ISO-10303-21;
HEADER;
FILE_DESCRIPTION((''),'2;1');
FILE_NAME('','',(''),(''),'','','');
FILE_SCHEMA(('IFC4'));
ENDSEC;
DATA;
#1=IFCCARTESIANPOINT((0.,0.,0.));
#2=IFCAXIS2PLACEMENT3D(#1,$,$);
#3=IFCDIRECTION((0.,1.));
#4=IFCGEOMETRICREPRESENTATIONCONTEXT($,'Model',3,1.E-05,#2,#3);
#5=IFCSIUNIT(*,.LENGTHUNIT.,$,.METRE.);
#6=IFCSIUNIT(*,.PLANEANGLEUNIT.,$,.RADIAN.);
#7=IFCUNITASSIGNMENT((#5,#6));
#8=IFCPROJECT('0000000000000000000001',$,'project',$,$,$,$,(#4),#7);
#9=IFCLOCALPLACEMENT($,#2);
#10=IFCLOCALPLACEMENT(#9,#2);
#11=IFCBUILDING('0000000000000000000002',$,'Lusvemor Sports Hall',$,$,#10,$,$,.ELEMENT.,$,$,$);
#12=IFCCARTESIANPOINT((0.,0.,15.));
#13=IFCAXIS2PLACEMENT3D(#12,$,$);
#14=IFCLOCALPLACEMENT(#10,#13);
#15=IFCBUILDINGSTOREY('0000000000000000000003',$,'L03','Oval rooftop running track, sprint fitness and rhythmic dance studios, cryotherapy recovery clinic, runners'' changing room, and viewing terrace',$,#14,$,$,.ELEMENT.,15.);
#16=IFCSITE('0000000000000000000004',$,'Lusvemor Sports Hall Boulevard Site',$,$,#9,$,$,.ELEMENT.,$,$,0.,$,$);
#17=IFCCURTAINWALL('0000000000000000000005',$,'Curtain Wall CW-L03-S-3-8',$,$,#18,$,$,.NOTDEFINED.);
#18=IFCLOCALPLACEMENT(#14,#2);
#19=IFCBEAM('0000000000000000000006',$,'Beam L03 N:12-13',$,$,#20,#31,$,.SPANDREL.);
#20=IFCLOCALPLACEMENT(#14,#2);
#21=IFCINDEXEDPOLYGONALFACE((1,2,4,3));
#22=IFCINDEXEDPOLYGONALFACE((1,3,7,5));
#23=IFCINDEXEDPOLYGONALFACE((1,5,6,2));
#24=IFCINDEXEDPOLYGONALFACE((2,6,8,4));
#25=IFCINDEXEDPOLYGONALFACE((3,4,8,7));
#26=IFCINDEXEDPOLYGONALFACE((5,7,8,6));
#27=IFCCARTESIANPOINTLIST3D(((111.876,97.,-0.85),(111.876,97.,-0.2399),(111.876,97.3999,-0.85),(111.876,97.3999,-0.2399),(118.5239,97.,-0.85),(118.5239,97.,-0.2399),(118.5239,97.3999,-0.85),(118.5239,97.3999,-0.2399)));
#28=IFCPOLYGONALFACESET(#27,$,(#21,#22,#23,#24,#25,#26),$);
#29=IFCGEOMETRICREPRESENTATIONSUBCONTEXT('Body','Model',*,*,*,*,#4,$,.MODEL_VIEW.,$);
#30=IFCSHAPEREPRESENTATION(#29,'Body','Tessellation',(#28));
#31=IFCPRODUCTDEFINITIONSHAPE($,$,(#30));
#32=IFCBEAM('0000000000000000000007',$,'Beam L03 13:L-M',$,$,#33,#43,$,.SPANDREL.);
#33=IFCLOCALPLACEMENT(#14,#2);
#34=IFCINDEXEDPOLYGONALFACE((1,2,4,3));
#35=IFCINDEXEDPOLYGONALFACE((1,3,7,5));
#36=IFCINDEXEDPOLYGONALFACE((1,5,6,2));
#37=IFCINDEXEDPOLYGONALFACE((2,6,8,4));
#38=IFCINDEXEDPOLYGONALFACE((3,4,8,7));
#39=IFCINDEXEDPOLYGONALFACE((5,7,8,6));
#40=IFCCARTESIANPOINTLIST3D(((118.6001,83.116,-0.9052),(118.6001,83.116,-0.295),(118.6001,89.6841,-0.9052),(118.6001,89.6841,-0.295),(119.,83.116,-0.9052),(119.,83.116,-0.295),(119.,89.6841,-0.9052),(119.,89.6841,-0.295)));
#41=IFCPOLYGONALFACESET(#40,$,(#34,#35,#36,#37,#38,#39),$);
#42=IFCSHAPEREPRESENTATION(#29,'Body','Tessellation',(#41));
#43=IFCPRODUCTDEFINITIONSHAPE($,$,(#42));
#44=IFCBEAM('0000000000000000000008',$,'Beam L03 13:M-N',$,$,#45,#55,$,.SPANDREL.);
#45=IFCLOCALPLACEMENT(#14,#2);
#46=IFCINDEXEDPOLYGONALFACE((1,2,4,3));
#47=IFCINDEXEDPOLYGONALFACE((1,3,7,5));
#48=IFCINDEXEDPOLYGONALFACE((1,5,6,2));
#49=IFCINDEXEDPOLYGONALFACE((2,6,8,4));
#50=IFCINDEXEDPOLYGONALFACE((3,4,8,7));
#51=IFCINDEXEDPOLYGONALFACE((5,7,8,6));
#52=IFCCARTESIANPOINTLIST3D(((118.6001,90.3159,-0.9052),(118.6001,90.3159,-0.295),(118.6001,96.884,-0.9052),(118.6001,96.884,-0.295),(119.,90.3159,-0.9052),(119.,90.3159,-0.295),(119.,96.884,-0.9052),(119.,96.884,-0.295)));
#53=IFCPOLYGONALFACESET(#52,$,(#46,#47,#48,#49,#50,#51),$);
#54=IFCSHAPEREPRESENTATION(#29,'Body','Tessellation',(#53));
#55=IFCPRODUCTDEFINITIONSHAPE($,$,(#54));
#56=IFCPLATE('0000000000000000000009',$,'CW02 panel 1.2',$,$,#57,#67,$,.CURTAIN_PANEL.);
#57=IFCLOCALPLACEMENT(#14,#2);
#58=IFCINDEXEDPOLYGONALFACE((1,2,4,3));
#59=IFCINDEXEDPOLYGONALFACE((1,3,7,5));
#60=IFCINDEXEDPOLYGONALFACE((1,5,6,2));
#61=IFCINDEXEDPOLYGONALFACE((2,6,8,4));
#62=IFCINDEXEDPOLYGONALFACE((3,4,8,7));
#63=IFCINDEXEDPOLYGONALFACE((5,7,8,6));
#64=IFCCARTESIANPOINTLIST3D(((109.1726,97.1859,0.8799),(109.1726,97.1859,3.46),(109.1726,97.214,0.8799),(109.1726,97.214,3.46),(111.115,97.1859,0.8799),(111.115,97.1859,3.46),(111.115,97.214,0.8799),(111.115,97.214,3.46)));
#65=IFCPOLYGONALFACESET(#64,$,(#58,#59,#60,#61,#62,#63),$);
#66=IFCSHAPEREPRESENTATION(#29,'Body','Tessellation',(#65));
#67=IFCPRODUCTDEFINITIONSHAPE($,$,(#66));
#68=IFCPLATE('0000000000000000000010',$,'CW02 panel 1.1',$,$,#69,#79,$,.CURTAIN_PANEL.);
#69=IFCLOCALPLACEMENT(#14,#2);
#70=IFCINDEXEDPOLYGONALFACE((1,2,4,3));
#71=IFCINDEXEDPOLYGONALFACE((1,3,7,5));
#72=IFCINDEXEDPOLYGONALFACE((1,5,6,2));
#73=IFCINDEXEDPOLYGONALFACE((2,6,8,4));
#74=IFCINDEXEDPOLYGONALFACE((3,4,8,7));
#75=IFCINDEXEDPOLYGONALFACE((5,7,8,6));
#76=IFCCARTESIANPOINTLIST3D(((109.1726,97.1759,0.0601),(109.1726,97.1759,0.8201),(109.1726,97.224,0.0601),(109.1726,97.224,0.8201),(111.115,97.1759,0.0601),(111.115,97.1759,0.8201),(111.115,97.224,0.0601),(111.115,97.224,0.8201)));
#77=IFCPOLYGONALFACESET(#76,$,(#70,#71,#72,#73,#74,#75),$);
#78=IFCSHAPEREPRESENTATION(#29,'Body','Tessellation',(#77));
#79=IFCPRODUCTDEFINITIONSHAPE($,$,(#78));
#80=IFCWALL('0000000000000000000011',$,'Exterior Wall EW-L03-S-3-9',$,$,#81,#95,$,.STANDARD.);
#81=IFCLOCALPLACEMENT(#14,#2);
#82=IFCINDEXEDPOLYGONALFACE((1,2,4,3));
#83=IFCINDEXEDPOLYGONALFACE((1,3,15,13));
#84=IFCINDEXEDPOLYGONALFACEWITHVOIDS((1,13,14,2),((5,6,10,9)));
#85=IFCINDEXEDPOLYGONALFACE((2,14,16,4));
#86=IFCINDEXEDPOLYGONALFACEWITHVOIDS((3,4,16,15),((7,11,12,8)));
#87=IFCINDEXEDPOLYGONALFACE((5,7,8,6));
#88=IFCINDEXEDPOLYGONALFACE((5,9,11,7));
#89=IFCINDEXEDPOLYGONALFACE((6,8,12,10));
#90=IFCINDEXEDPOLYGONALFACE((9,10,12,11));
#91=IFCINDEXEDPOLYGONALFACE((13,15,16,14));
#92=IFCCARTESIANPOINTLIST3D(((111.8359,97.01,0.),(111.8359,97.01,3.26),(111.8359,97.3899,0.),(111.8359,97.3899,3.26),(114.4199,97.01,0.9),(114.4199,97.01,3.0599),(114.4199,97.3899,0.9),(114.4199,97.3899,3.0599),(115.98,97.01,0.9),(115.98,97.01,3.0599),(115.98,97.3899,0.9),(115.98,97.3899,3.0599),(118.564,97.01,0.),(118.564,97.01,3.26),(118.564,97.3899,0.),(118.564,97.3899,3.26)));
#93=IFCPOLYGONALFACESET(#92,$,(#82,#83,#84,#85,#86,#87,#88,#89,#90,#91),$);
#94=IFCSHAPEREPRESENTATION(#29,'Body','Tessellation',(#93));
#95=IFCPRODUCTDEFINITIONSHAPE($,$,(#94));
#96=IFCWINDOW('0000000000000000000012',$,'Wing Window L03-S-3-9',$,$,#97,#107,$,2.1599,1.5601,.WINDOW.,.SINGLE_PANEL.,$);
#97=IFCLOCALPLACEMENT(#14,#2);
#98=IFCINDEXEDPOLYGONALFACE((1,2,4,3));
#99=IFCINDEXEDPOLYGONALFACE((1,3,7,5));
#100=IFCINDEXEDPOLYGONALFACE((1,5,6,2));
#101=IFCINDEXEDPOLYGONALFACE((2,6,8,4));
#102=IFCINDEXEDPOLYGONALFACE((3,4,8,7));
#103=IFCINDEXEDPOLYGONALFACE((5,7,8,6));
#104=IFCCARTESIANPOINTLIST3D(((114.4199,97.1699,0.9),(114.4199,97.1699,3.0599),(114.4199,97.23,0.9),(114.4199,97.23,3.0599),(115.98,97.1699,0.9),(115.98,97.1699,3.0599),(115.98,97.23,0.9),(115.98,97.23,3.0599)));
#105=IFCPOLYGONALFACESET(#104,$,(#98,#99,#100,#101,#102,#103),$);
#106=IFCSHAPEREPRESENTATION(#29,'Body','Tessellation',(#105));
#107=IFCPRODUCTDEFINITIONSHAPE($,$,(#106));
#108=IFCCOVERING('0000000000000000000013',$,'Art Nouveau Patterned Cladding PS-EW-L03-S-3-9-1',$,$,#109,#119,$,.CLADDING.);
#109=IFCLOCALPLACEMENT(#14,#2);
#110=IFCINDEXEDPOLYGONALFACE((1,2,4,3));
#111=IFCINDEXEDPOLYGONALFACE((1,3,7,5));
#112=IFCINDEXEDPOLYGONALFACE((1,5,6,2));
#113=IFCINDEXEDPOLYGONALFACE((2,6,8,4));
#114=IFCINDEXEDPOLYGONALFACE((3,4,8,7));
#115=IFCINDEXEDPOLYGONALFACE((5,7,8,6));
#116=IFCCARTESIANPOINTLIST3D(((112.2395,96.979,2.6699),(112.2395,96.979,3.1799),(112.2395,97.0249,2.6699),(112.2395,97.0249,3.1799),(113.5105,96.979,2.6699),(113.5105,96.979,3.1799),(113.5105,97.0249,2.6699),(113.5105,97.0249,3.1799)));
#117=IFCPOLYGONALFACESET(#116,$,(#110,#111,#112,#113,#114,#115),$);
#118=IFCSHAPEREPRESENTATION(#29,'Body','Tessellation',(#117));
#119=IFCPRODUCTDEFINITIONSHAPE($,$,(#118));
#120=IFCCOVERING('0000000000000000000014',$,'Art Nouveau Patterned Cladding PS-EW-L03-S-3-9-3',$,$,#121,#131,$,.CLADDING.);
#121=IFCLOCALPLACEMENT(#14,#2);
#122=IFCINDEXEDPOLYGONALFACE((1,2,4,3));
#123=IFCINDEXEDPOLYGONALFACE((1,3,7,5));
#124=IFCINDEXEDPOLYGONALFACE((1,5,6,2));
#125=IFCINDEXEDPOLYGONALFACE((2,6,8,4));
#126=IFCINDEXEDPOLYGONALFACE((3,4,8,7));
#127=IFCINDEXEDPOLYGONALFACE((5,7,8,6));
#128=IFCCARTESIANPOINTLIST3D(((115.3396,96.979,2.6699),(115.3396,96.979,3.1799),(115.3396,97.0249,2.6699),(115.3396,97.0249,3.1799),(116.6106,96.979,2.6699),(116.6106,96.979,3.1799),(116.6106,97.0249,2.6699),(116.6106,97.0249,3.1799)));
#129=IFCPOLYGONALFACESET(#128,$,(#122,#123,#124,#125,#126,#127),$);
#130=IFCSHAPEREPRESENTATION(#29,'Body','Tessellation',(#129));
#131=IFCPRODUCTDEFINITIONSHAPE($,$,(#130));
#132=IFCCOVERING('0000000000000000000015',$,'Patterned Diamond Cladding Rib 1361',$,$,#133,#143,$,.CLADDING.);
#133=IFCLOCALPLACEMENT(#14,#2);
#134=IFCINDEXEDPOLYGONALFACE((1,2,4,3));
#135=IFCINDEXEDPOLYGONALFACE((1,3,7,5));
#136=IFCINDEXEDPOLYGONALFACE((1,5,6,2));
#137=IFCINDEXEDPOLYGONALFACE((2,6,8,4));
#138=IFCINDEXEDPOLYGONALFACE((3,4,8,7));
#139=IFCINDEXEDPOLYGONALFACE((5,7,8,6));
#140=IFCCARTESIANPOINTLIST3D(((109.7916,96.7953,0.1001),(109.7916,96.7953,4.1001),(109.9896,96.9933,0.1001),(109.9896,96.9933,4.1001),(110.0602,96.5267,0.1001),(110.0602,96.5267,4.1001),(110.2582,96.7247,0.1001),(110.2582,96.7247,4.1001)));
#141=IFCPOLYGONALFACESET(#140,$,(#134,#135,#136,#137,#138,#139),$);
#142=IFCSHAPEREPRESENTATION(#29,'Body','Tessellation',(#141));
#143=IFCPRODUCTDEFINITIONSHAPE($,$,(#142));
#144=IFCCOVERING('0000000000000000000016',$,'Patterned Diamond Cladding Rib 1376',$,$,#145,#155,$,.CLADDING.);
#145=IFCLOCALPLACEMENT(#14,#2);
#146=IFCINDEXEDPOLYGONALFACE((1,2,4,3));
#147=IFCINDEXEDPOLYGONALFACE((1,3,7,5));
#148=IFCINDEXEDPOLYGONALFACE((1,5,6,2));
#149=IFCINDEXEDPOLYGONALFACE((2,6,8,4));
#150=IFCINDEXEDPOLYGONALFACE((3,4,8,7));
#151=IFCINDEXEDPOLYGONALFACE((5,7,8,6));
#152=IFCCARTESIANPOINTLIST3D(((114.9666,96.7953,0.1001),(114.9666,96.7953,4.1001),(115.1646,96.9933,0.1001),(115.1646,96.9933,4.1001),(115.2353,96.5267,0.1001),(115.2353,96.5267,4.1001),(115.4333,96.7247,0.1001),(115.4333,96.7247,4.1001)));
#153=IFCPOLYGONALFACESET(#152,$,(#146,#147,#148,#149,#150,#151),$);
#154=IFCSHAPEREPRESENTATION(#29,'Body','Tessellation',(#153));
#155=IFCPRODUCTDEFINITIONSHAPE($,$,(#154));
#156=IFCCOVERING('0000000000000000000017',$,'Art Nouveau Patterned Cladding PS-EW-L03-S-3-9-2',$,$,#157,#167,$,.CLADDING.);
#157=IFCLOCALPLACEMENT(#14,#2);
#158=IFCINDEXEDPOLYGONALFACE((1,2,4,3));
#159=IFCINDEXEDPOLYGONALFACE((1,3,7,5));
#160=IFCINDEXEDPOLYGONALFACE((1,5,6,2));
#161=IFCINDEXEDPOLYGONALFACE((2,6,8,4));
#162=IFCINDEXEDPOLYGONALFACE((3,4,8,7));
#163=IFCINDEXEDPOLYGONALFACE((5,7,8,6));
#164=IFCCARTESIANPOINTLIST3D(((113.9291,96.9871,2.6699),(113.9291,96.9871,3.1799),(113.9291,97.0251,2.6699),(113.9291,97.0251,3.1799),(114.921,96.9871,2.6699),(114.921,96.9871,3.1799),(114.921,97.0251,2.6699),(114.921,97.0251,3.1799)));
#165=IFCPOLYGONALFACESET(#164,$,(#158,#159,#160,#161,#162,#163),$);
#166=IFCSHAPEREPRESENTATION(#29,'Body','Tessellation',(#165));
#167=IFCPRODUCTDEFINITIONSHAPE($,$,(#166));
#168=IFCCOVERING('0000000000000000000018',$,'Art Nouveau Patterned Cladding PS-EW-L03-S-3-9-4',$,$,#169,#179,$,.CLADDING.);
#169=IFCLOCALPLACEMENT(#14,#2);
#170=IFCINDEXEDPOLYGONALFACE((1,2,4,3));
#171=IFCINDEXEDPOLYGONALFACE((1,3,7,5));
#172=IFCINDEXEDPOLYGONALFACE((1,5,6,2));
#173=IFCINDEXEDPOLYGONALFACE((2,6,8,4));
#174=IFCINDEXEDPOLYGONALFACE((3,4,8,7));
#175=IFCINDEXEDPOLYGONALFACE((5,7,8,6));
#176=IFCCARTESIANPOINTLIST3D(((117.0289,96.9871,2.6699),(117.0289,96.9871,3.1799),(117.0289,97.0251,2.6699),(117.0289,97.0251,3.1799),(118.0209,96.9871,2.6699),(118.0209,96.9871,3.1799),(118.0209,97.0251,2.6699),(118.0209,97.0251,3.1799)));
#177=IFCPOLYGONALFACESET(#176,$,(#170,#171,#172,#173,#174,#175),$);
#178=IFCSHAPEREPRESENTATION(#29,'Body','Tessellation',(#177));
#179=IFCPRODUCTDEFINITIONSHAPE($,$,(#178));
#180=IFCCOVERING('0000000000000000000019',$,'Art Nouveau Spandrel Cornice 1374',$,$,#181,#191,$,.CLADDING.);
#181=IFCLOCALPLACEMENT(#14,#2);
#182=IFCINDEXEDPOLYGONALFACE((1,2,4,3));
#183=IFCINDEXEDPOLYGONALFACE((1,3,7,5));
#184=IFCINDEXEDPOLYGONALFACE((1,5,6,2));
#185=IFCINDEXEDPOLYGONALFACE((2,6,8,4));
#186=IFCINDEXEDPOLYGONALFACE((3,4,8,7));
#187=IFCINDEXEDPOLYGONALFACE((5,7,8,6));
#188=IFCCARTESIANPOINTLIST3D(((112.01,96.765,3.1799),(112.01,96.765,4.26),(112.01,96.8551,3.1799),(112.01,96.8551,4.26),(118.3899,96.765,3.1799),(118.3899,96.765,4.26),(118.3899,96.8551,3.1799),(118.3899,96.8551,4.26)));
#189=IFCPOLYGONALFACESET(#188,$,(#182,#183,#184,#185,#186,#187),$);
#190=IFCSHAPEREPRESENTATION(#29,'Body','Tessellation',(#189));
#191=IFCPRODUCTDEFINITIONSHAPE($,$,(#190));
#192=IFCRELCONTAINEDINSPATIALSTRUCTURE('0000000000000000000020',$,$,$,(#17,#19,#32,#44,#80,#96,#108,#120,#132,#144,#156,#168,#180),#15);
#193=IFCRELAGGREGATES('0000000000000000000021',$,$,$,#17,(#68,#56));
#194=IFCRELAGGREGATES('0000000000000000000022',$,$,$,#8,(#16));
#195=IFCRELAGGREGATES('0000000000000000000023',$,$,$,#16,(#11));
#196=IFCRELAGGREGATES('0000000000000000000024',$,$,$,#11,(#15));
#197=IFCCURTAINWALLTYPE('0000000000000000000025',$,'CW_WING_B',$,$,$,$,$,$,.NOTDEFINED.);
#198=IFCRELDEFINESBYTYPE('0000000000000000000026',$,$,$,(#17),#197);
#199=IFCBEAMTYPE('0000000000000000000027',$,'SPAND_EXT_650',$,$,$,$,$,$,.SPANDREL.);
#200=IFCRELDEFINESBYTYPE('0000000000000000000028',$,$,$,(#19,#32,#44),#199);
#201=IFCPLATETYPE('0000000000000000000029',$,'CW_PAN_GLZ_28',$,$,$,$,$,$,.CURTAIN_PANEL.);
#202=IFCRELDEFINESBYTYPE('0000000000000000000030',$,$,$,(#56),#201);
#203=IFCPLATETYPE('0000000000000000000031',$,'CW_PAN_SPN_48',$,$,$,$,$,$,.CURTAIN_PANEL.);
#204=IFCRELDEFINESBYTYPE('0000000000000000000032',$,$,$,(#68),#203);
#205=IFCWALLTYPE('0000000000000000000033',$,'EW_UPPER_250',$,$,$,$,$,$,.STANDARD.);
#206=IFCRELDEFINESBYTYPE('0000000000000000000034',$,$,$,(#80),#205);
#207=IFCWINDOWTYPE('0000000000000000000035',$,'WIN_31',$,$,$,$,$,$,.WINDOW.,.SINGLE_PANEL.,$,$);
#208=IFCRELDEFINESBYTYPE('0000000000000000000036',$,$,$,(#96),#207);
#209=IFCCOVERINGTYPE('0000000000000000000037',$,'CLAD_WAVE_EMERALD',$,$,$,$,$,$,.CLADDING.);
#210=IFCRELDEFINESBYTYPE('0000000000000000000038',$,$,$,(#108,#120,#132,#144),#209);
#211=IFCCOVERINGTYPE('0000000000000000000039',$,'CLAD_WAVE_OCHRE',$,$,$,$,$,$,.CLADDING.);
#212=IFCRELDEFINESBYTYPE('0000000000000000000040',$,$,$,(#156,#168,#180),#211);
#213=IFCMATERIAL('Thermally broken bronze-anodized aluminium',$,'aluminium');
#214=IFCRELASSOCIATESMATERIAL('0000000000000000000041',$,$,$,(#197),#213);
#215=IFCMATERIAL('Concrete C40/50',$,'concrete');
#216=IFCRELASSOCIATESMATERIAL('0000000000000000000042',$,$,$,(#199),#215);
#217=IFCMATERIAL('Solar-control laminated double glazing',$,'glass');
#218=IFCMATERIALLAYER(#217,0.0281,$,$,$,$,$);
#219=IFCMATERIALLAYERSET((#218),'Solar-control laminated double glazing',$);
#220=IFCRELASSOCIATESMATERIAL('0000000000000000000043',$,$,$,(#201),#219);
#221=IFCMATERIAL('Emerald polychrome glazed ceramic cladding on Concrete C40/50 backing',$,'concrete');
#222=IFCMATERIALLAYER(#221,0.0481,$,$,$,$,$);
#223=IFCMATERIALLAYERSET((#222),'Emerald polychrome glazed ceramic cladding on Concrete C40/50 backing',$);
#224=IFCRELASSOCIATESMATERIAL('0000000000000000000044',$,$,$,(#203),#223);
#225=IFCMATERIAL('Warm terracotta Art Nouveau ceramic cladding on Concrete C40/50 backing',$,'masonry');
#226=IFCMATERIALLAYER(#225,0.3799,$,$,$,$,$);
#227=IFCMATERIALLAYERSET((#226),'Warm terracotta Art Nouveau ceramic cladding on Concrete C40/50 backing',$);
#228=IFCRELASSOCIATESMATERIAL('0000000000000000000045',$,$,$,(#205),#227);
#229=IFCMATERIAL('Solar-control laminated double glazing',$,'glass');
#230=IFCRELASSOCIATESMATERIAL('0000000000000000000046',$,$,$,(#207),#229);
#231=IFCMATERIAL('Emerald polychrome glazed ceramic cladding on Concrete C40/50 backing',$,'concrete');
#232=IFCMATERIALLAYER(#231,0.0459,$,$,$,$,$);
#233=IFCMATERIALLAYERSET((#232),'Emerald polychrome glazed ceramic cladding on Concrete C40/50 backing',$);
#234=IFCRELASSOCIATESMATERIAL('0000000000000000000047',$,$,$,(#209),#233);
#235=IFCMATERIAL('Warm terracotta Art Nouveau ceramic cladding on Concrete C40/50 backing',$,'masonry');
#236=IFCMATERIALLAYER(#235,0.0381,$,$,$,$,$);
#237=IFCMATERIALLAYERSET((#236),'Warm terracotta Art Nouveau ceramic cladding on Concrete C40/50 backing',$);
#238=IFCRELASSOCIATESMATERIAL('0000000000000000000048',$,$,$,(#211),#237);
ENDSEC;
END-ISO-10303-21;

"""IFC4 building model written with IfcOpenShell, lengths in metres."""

from ifc_helpers import new_model, si_unit, direction, frame, frame_2d, origin, origin_2d, place, context, subcontext, project, spatial, rectangle, extrude, material, layer, layer_set, material_profile, profile_set, type_object, element, fill, aggregate, save


model = new_model("IFC4")

# Units and contexts
model_context = context("Model", 3, precision=1e-05, world=origin(), true_north=direction((0.0, 1.0)))
body_context = subcontext(model_context, "Body", "Model", "MODEL_VIEW")
ifc_project = project(units=[si_unit("LENGTHUNIT", "METRE"), si_unit("PLANEANGLEUNIT", "RADIAN")], contexts=[model_context])

# Site, building, storey
site_placement = place(None, origin())
site = spatial("IfcSite", under=ifc_project, at=site_placement, Name="Lusvemor Sports Hall Boulevard Site", CompositionType="ELEMENT", RefElevation=0.0)
building_placement = place(site_placement, origin())
building = spatial("IfcBuilding", under=site, at=building_placement, Name="Lusvemor Sports Hall", CompositionType="ELEMENT")
storey_placement = place(building_placement, frame((0.0, 0.0, 15.0)))
storey = spatial("IfcBuildingStorey", under=building, at=storey_placement, Name="L03", Description="Oval rooftop running track, sprint fitness and rhythmic dance studios, cryotherapy recovery clinic, runners' changing room, and viewing terrace", CompositionType="ELEMENT", Elevation=15.0)

# Curtain wall
ifc_material_1 = material(Name="Thermally broken bronze-anodized aluminium", Category="aluminium")
curtain_wall_type = type_object("IfcCurtainWallType", Name="CW_WING_B", PredefinedType="NOTDEFINED", material=ifc_material_1)
curtain_wall_placement = place(storey_placement, origin())
curtain_wall = element("IfcCurtainWall", 1, at=curtain_wall_placement, inside=storey, type_object=curtain_wall_type, Name="Curtain Wall CW-L03-S-3-8", PredefinedType="NOTDEFINED")

# Beams
ifc_material_2 = material(Name="Concrete C40/50", Category="concrete")
ifc_material_profile_1 = material_profile(ifc_material_2, rectangle(XDim=0.3999, YDim=0.6101, at=origin_2d()), Name="RC400x610")
ifc_profile_set_1 = profile_set([ifc_material_profile_1], Name="Concrete C40/50")
beam_type_1 = type_object("IfcBeamType", Name="SPAND_EXT_650", PredefinedType="SPANDREL", material=ifc_profile_set_1)
beam_1_placement = place(storey_placement, frame((111.876, 97.2, -0.5449), z_axis=(1.0, 0.0, 0.0), x_axis=(0.0, 1.0, 0.0)))
element("IfcBeam", 2, at=beam_1_placement, inside=storey, type_object=beam_type_1, Name="Beam L03 N:12-13", PredefinedType="SPANDREL", context=body_context, shape_type="SweptSolid", body=[
    extrude(rectangle(XDim=0.3999, YDim=0.6101, at=origin_2d()), origin(), (0.0, 0.0, 1.0), 6.6479),
])
for number, where, z_axis, x_axis, name in (
    (3, (118.8, 83.116, -0.6001), (0.0, 1.0, 0.0), (-1.0, 0.0, 0.0), "Beam L03 13:L-M"),
    (4, (118.8, 90.3159, -0.6001), (0.0, 1.0, 0.0), (-1.0, 0.0, 0.0), "Beam L03 13:M-N"),
):
    element("IfcBeam", number, at=place(storey_placement, frame(where, z_axis=z_axis, x_axis=x_axis)), inside=storey, type_object=beam_type_1, Name=name, PredefinedType="SPANDREL", context=body_context, shape_type="SweptSolid", body=[
        extrude(rectangle(XDim=0.3999, YDim=0.6101, at=origin_2d()), origin(), (0.0, 0.0, 1.0), 6.5681),
    ])

# Plates
ifc_material_3 = material(Name="Solar-control laminated double glazing", Category="glass")
ifc_layer_1 = layer(ifc_material_3, 0.0281)
ifc_layer_set_1 = layer_set([ifc_layer_1], Name="Solar-control laminated double glazing")
plate_type_1 = type_object("IfcPlateType", Name="CW_PAN_GLZ_28", PredefinedType="CURTAIN_PANEL", material=ifc_layer_set_1)
plate_1_placement = place(storey_placement, frame((110.1438, 97.2, 0.8799), z_axis=(0.0, 0.0, 1.0), x_axis=(-1.0, 0.0, 0.0)))
plate_1 = element("IfcPlate", 5, at=plate_1_placement, type_object=plate_type_1, Name="CW02 panel 1.2", PredefinedType="CURTAIN_PANEL", context=body_context, shape_type="SweptSolid", body=[
    extrude(rectangle(XDim=1.9424, YDim=0.0281, at=origin_2d()), origin(), (0.0, 0.0, 1.0), 2.5801),
])
ifc_material_4 = material(Name="Emerald polychrome glazed ceramic cladding on Concrete C40/50 backing", Category="concrete")
ifc_layer_2 = layer(ifc_material_4, 0.0481)
ifc_layer_set_2 = layer_set([ifc_layer_2], Name="Emerald polychrome glazed ceramic cladding on Concrete C40/50 backing")
plate_type_2 = type_object("IfcPlateType", Name="CW_PAN_SPN_48", PredefinedType="CURTAIN_PANEL", material=ifc_layer_set_2)
plate_2_placement = place(storey_placement, frame((110.1438, 97.2, 0.0601), z_axis=(0.0, 0.0, 1.0), x_axis=(-1.0, 0.0, 0.0)))
plate_2 = element("IfcPlate", 6, at=plate_2_placement, type_object=plate_type_2, Name="CW02 panel 1.1", PredefinedType="CURTAIN_PANEL", context=body_context, shape_type="SweptSolid", body=[
    extrude(rectangle(XDim=1.9424, YDim=0.0481, at=origin_2d()), origin(), (0.0, 0.0, 1.0), 0.76),
])
aggregate(curtain_wall, [plate_2, plate_1])

# Wall, opening, window
ifc_material_5 = material(Name="Warm terracotta Art Nouveau ceramic cladding on Concrete C40/50 backing", Category="masonry")
ifc_layer_3 = layer(ifc_material_5, 0.3799)
ifc_layer_set_3 = layer_set([ifc_layer_3], Name="Warm terracotta Art Nouveau ceramic cladding on Concrete C40/50 backing")
wall_type = type_object("IfcWallType", Name="EW_UPPER_250", PredefinedType="STANDARD", material=ifc_layer_set_3)
wall_placement = place(storey_placement, frame((118.564, 97.2, 0.0), z_axis=(0.0, 0.0, 1.0), x_axis=(-1.0, 0.0, 0.0)))
wall = element("IfcWall", 7, at=wall_placement, inside=storey, type_object=wall_type, Name="Exterior Wall EW-L03-S-3-9", PredefinedType="STANDARD", context=body_context, shape_type="SweptSolid", body=[
    extrude(rectangle(XDim=6.728, YDim=0.3799, at=frame_2d((3.364, 0.0))), origin(), (0.0, 0.0, 1.0), 3.26),
])
opening_placement = place(wall_placement, frame((2.584, 0.0, 0.8999)))
opening = element("IfcOpeningElement", 8, at=opening_placement, cuts=wall, PredefinedType="OPENING", context=body_context, shape_type="SweptSolid", body=[
    extrude(rectangle(XDim=1.5601, YDim=2.1599, at=frame_2d((0.78, 1.0801))), frame((0.0, 0.1899, 0.0), z_axis=(0.0, -1.0, 0.0), x_axis=(1.0, 0.0, 0.0)), (0.0, 0.0, 1.0), 0.3799),
])
ifc_material_6 = material(Name="Solar-control laminated double glazing", Category="glass")
window_type = type_object("IfcWindowType", Name="WIN_31", PartitioningType="SINGLE_PANEL", PredefinedType="WINDOW", material=ifc_material_6)
window_placement = place(opening_placement, origin())
window = element("IfcWindow", 9, at=window_placement, inside=storey, type_object=window_type, Name="Wing Window L03-S-3-9", OverallHeight=2.1599, OverallWidth=1.5601, PartitioningType="SINGLE_PANEL", PredefinedType="WINDOW", context=body_context, shape_type="SweptSolid", body=[
    extrude(rectangle(XDim=1.5601, YDim=2.1599, at=frame_2d((0.78, 1.0801))), frame((0.0, 0.03, 0.0), z_axis=(0.0, -1.0, 0.0), x_axis=(1.0, 0.0, 0.0)), (0.0, 0.0, 1.0), 0.0601),
])
fill(opening, window)

# Coverings
ifc_material_7 = material(Name="Emerald polychrome glazed ceramic cladding on Concrete C40/50 backing", Category="concrete")
ifc_layer_4 = layer(ifc_material_7, 0.0459)
ifc_layer_set_4 = layer_set([ifc_layer_4], Name="Emerald polychrome glazed ceramic cladding on Concrete C40/50 backing")
covering_type_1 = type_object("IfcCoveringType", Name="CLAD_WAVE_EMERALD", PredefinedType="CLADDING", material=ifc_layer_set_4)
for number, where, z_axis, x_axis, name in (
    (10, (112.875, 97.002, 2.6699), (0.0, 0.0, 1.0), (1.0, 0.0, 0.0), "Art Nouveau Patterned Cladding PS-EW-L03-S-3-9-1"),
    (11, (115.9751, 97.002, 2.6699), (0.0, 0.0, 1.0), (1.0, 0.0, 0.0), "Art Nouveau Patterned Cladding PS-EW-L03-S-3-9-3"),
):
    element("IfcCovering", number, at=place(storey_placement, frame(where, z_axis=z_axis, x_axis=x_axis)), inside=storey, type_object=covering_type_1, Name=name, PredefinedType="CLADDING", context=body_context, shape_type="SweptSolid", body=[
        extrude(rectangle(XDim=1.271, YDim=0.0459, at=origin_2d()), origin(), (0.0, 0.0, 1.0), 0.51),
    ])
for number, where, z_axis, x_axis, name in (
    (12, (110.0249, 96.76, 0.1001), (0.0, 0.0, 1.0), (0.707107, 0.707107, 0.0), "Patterned Diamond Cladding Rib 1361"),
    (13, (115.2, 96.76, 0.1001), (0.0, 0.0, 1.0), (0.707107, 0.707107, 0.0), "Patterned Diamond Cladding Rib 1376"),
):
    element("IfcCovering", number, at=place(storey_placement, frame(where, z_axis=z_axis, x_axis=x_axis)), inside=storey, type_object=covering_type_1, Name=name, PredefinedType="CLADDING", context=body_context, shape_type="SweptSolid", body=[
        extrude(rectangle(XDim=0.28, YDim=0.3799, at=origin_2d()), origin(), (0.0, 0.0, 1.0), 4.0),
    ])
ifc_material_8 = material(Name="Warm terracotta Art Nouveau ceramic cladding on Concrete C40/50 backing", Category="masonry")
ifc_layer_5 = layer(ifc_material_8, 0.0381)
ifc_layer_set_5 = layer_set([ifc_layer_5], Name="Warm terracotta Art Nouveau ceramic cladding on Concrete C40/50 backing")
covering_type_2 = type_object("IfcCoveringType", Name="CLAD_WAVE_OCHRE", PredefinedType="CLADDING", material=ifc_layer_set_5)
for number, where, z_axis, x_axis, name in (
    (14, (114.425, 97.0061, 2.6699), (0.0, 0.0, 1.0), (1.0, 0.0, 0.0), "Art Nouveau Patterned Cladding PS-EW-L03-S-3-9-2"),
    (15, (117.5249, 97.0061, 2.6699), (0.0, 0.0, 1.0), (1.0, 0.0, 0.0), "Art Nouveau Patterned Cladding PS-EW-L03-S-3-9-4"),
):
    element("IfcCovering", number, at=place(storey_placement, frame(where, z_axis=z_axis, x_axis=x_axis)), inside=storey, type_object=covering_type_2, Name=name, PredefinedType="CLADDING", context=body_context, shape_type="SweptSolid", body=[
        extrude(rectangle(XDim=0.9919, YDim=0.0381, at=origin_2d()), origin(), (0.0, 0.0, 1.0), 0.51),
    ])
covering_placement = place(storey_placement, frame((115.2, 96.8101, 3.1799), z_axis=(0.0, 0.0, 1.0), x_axis=(1.0, 0.0, 0.0)))
element("IfcCovering", 16, at=covering_placement, inside=storey, type_object=covering_type_2, Name="Art Nouveau Spandrel Cornice 1374", PredefinedType="CLADDING", context=body_context, shape_type="SweptSolid", body=[
    extrude(rectangle(XDim=6.3799, YDim=0.0901, at=origin_2d()), origin(), (0.0, 0.0, 1.0), 1.0801),
])

save(model, "model.ifc")
